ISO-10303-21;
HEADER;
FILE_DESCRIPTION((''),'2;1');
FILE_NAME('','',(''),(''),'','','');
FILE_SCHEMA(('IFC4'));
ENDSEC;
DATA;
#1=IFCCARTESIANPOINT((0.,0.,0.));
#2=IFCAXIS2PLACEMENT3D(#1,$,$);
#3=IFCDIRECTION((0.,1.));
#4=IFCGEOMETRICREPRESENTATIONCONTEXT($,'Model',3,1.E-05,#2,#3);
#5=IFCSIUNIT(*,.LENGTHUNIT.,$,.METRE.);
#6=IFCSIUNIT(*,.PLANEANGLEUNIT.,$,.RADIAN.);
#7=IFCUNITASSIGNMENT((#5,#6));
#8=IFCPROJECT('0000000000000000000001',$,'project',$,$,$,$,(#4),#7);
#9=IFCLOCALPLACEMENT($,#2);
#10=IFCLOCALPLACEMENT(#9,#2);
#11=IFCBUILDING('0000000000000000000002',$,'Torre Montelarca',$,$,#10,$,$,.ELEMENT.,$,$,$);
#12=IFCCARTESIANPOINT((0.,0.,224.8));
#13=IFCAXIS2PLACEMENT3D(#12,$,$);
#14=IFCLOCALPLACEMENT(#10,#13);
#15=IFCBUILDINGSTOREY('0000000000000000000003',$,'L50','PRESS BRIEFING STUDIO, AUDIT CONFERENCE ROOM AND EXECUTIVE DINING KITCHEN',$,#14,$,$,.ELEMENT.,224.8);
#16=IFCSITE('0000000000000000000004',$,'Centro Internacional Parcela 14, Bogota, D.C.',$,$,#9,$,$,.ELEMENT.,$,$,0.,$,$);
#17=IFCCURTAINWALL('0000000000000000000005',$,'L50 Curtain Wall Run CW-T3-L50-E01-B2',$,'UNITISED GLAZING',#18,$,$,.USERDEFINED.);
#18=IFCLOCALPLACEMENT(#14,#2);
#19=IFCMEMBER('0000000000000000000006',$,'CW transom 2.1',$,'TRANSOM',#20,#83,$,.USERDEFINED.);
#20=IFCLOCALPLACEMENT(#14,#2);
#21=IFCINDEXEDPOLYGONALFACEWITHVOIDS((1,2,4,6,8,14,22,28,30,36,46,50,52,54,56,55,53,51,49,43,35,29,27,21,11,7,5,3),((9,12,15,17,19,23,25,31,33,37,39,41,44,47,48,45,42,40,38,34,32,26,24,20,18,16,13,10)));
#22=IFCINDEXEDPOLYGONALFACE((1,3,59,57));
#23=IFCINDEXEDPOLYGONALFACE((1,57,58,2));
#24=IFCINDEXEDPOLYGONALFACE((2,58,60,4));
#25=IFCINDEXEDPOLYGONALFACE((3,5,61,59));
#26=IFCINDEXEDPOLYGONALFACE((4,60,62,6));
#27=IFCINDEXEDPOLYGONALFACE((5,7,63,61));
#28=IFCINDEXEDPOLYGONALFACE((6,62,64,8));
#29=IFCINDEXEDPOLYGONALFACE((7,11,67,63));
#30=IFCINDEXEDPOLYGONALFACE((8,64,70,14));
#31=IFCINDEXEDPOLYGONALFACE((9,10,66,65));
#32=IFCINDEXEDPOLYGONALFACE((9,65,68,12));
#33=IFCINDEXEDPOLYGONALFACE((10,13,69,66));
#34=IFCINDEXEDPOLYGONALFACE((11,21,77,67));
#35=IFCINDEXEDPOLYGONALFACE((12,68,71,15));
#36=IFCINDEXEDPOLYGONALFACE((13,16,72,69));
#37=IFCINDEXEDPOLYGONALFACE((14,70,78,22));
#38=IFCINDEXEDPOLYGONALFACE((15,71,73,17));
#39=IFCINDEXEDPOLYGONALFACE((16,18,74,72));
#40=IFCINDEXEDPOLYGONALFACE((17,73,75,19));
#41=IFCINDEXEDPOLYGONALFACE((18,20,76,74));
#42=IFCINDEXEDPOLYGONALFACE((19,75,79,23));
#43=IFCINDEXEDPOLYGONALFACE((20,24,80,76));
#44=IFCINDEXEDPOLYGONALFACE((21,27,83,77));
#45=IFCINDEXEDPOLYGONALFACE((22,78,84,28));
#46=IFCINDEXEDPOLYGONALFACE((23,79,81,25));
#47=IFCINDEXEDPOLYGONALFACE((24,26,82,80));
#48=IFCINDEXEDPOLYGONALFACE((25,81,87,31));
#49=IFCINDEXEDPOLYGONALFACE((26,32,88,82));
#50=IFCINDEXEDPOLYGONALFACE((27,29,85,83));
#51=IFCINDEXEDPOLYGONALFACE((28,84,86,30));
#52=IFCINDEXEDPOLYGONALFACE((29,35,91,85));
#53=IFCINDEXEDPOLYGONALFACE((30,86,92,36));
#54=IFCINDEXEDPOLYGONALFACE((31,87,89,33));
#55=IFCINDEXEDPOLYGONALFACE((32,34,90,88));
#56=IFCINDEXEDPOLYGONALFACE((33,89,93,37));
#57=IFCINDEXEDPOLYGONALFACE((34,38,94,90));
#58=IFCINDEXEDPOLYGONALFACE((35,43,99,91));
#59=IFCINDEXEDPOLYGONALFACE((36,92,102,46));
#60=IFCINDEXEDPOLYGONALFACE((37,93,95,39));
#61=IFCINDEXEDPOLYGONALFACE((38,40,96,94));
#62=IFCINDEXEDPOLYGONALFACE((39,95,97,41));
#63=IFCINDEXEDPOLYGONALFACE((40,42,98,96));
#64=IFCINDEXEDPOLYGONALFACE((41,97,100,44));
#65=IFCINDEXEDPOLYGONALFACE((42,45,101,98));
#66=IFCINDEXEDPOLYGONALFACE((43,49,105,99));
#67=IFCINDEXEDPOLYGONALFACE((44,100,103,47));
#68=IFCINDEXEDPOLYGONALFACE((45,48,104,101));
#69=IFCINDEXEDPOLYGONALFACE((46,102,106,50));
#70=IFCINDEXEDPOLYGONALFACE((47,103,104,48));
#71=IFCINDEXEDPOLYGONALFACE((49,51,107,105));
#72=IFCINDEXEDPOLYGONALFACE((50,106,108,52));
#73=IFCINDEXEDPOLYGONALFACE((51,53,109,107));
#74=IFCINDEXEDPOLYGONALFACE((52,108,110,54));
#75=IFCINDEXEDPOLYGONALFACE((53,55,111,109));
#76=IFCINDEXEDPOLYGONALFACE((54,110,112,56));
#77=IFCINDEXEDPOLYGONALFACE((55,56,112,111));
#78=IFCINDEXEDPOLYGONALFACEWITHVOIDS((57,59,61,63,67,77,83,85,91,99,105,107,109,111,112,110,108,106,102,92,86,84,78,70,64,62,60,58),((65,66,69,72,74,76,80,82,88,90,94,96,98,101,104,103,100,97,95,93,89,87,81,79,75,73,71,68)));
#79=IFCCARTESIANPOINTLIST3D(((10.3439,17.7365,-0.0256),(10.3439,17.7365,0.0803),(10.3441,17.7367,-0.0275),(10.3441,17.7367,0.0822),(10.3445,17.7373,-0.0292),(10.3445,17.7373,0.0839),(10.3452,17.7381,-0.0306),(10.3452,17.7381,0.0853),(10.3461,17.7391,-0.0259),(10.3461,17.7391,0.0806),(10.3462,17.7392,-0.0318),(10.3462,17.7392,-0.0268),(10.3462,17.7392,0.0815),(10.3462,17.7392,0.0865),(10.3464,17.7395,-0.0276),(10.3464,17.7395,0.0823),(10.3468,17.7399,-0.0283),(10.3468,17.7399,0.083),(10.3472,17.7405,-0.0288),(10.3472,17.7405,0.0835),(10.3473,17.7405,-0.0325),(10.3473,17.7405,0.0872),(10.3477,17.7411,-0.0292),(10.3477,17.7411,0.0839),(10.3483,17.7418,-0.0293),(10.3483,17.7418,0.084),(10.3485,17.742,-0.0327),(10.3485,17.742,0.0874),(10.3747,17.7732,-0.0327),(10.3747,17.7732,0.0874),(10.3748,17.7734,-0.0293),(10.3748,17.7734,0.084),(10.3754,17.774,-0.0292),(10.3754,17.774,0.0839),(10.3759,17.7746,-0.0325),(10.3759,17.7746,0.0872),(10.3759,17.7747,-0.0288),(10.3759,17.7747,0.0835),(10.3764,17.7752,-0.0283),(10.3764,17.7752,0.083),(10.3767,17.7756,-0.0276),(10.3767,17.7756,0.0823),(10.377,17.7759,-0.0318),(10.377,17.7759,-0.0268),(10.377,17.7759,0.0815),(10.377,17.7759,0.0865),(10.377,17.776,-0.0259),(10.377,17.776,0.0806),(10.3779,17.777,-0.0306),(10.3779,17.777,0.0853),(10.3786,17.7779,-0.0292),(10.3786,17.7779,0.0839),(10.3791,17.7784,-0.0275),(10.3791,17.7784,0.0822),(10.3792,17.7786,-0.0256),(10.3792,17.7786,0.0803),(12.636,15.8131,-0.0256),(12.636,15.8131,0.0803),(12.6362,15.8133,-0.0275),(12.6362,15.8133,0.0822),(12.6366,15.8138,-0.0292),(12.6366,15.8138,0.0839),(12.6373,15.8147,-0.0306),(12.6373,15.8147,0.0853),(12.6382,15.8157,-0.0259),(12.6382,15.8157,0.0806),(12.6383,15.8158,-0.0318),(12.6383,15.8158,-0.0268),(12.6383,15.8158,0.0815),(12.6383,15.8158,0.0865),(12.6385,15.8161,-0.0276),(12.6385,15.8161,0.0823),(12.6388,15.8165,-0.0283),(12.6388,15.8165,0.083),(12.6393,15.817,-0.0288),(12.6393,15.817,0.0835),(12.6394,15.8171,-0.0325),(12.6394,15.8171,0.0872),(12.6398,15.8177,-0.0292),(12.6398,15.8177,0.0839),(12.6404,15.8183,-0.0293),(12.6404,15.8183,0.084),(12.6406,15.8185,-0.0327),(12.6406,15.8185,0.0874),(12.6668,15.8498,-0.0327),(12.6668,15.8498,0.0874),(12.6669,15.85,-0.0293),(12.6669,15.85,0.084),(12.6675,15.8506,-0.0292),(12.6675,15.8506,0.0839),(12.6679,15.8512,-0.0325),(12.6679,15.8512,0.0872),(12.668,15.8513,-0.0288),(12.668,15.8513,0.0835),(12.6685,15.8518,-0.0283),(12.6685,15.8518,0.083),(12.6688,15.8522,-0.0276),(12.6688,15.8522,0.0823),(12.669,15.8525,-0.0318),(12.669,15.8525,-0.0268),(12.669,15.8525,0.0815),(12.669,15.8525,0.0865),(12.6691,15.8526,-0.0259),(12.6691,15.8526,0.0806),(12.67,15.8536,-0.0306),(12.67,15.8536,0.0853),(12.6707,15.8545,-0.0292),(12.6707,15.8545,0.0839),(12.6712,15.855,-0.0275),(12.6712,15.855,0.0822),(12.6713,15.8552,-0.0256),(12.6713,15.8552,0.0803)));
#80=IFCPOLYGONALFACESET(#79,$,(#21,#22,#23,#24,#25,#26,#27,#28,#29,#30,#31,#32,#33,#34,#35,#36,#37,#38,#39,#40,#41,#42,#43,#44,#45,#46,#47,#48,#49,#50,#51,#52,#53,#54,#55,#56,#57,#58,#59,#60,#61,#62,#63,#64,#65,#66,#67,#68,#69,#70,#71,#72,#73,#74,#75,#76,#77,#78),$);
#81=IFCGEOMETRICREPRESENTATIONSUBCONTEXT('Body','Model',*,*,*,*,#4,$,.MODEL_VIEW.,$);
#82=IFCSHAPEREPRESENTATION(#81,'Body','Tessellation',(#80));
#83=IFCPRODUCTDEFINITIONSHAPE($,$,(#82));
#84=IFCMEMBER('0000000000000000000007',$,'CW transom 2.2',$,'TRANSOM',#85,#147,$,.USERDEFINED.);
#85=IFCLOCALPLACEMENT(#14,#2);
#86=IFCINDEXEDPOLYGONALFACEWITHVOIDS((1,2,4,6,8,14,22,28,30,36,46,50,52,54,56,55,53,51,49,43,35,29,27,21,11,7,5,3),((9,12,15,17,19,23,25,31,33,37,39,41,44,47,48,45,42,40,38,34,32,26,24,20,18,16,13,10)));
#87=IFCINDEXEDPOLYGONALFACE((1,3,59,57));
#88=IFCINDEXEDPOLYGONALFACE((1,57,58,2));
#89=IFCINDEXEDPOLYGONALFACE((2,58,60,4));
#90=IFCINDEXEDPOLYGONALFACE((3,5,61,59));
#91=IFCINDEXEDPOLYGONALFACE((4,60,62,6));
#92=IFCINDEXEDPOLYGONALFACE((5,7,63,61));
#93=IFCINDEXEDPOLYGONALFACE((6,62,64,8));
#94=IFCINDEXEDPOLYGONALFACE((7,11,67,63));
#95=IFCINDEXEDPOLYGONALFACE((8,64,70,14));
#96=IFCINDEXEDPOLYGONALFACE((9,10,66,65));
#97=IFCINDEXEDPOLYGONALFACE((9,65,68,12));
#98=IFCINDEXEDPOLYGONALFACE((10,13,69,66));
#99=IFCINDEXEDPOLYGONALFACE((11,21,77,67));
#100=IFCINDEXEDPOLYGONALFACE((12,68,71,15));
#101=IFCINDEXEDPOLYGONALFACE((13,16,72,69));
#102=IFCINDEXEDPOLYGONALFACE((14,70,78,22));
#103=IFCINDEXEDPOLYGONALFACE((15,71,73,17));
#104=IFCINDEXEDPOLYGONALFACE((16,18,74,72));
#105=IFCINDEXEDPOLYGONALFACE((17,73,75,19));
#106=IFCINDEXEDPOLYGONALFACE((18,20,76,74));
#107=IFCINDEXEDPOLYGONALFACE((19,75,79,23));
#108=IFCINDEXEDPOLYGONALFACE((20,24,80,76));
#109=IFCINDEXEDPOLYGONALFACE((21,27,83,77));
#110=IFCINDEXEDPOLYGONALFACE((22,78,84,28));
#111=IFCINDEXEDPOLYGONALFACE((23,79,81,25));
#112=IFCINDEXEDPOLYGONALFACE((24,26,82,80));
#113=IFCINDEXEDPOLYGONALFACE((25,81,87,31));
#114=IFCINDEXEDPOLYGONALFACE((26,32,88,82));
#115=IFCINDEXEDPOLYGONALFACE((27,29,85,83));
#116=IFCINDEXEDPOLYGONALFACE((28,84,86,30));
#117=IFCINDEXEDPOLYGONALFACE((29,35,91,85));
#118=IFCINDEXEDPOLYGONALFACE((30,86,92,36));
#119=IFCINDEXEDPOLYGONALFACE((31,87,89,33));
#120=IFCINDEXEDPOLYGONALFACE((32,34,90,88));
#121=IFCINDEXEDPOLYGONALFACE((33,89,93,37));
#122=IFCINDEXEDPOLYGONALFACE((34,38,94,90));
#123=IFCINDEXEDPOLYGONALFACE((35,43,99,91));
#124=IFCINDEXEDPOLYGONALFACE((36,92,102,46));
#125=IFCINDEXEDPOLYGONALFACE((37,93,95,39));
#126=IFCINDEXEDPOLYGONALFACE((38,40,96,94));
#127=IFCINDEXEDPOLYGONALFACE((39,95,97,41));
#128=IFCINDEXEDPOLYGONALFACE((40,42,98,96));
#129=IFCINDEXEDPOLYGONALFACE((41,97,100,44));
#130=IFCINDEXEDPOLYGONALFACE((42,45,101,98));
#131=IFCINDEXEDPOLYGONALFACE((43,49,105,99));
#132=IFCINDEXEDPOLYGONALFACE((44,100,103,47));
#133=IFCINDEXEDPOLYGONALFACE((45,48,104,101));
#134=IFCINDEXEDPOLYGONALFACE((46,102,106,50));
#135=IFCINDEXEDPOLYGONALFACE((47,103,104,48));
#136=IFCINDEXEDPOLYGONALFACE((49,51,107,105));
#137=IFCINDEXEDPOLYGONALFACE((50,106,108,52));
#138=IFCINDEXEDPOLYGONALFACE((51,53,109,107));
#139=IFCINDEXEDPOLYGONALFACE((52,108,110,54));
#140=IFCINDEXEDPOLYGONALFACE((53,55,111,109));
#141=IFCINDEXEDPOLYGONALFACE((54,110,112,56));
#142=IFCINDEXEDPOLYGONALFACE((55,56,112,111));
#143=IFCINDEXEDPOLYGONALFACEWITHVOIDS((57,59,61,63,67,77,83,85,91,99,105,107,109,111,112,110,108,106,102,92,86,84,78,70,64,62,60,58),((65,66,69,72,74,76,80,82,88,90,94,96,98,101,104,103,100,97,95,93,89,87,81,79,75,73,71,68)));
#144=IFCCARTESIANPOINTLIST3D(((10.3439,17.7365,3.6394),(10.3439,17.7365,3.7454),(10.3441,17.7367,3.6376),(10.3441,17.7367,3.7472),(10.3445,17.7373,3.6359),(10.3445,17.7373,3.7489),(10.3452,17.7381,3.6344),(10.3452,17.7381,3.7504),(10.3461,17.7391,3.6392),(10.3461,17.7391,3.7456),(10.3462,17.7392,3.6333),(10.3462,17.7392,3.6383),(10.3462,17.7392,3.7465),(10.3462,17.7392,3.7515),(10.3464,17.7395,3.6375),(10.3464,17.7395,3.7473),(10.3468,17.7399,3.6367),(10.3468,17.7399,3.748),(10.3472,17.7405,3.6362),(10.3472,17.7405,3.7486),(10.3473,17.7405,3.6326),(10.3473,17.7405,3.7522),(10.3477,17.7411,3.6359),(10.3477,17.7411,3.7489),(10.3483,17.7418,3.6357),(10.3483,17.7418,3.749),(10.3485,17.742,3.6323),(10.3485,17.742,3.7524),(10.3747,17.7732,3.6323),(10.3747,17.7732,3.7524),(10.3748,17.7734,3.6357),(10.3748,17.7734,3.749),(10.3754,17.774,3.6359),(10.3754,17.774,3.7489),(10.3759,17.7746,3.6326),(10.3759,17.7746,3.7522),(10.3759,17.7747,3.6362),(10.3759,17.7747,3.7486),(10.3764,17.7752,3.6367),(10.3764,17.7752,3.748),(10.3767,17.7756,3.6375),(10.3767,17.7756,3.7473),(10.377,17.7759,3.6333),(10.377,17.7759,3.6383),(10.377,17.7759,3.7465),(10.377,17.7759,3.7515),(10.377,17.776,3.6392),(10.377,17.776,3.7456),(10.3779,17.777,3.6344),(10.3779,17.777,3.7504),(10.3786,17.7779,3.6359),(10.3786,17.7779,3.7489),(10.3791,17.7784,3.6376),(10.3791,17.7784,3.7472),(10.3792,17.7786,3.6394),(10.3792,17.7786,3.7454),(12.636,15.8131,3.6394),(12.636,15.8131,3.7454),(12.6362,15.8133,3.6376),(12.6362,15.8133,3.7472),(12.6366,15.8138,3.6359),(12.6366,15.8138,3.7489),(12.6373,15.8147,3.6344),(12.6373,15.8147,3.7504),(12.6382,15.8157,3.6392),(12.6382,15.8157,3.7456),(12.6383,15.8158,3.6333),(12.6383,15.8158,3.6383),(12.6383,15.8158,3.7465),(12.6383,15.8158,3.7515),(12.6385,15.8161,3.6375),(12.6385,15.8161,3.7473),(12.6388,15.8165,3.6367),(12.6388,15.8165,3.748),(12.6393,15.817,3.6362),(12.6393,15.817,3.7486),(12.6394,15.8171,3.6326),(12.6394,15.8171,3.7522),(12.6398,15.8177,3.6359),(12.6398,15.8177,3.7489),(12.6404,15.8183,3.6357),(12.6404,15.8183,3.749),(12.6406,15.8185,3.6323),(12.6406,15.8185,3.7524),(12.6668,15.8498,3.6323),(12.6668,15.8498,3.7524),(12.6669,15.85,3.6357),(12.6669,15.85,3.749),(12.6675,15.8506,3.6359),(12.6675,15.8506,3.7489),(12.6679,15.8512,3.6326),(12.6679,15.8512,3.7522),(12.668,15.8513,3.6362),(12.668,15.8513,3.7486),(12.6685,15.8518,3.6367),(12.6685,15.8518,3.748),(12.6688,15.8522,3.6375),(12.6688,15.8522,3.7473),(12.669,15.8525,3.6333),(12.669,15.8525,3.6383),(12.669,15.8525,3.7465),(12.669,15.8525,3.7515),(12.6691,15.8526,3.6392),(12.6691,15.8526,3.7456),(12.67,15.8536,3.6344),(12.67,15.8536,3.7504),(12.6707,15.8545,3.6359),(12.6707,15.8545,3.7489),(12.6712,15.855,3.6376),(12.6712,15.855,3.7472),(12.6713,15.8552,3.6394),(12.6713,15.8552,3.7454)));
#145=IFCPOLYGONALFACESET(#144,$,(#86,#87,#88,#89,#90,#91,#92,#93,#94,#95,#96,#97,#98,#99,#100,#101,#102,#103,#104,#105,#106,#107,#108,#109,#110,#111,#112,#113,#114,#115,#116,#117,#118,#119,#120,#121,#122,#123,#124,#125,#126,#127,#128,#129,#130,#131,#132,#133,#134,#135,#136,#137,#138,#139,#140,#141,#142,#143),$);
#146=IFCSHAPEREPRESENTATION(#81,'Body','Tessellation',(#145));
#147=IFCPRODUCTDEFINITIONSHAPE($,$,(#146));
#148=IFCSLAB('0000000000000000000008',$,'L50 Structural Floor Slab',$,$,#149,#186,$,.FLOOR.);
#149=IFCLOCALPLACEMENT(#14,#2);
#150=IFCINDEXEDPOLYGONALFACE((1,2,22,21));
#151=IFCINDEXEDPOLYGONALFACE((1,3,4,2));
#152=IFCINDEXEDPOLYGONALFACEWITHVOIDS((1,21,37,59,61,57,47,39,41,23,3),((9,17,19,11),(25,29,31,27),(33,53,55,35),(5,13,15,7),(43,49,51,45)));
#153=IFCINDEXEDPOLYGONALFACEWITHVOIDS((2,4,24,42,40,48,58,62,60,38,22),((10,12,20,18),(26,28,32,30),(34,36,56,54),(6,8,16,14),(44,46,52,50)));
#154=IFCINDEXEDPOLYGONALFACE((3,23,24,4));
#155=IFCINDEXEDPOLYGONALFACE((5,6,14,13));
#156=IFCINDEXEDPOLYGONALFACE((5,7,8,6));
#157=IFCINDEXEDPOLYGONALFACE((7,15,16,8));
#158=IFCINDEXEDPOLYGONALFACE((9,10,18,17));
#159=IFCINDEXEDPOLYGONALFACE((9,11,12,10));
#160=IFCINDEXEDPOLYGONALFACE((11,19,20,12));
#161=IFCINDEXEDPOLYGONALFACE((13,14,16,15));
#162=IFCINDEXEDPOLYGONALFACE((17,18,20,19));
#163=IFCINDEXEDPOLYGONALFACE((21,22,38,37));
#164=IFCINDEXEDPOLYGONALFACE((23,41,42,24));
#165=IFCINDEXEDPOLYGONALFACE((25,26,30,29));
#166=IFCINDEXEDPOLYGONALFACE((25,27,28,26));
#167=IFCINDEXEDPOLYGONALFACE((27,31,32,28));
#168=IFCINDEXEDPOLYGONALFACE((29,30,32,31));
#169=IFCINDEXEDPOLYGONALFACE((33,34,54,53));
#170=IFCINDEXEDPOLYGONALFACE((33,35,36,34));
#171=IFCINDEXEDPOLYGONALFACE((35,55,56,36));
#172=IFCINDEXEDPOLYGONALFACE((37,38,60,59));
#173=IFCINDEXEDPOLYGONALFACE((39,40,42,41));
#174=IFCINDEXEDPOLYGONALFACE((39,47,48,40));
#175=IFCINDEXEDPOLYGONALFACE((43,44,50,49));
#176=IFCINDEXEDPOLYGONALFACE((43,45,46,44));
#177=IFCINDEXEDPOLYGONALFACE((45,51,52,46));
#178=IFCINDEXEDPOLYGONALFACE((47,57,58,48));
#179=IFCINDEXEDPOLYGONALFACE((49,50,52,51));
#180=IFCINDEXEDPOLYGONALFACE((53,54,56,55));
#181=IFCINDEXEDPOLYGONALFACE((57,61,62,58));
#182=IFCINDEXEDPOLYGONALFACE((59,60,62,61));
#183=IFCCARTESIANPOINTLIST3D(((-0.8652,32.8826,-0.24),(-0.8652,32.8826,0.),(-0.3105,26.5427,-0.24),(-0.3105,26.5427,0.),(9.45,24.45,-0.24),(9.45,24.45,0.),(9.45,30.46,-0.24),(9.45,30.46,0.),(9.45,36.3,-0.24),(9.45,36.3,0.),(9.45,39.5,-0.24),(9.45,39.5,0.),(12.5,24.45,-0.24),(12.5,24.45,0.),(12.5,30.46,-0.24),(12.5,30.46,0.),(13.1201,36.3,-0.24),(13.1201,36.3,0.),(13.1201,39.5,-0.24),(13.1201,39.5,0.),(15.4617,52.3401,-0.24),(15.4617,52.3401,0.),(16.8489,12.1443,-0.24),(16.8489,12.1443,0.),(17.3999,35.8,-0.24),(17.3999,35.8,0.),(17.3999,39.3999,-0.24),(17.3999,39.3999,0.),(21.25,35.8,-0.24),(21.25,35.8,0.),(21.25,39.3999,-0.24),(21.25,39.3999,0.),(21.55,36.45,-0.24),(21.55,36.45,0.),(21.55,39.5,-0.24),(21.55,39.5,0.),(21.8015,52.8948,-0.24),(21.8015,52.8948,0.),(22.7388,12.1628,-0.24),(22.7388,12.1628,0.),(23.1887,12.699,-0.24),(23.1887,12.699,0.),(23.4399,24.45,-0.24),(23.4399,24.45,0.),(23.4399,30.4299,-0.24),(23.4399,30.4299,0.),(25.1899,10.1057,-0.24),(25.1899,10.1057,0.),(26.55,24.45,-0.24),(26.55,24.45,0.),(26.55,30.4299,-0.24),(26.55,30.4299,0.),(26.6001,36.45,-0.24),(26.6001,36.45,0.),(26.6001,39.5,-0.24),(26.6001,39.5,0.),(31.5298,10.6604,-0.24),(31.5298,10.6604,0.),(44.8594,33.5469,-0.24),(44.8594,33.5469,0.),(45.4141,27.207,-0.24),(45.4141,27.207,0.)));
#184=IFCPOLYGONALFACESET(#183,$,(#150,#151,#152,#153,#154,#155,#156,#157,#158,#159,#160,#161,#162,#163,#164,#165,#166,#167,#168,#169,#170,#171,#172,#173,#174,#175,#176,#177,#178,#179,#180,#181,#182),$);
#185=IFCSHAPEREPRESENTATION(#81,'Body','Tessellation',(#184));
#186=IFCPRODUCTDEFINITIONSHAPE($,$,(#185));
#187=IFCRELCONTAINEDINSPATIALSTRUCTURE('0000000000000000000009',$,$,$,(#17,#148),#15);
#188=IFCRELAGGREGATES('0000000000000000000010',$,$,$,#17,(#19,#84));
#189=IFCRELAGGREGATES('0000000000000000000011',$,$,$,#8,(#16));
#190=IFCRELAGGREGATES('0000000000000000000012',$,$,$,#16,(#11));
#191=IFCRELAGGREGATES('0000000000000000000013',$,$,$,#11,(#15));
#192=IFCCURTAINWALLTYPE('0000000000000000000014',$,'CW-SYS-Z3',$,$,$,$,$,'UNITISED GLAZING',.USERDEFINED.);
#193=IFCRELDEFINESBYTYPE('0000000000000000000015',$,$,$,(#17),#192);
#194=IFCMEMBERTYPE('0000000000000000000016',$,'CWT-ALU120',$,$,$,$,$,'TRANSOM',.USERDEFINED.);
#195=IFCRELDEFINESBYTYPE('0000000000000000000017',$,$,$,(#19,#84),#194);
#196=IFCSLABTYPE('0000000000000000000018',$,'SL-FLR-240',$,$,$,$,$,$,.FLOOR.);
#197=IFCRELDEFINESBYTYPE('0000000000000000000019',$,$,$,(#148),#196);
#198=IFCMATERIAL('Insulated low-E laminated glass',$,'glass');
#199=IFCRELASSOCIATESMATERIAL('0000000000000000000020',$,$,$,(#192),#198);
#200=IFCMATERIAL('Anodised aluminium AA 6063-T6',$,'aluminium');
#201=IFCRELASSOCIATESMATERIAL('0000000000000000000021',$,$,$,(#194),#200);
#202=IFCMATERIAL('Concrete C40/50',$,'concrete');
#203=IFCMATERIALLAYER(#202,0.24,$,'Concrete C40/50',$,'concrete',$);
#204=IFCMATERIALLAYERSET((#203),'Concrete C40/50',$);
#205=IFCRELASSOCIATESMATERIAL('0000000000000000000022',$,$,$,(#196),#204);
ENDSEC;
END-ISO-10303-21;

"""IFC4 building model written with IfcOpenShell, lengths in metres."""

from ifc_helpers import new_model, si_unit, direction, frame, origin, origin_2d, place, context, subcontext, project, spatial, polyline, hollow_rectangle, outline, extrude, source, transform, mapped, material, layer, layer_set, material_profile, profile_set, type_object, element, aggregate, save


model = new_model("IFC4")

# Units and contexts
model_context = context("Model", 3, precision=1e-05, world=origin(), true_north=direction((0.0, 1.0)))
body_context = subcontext(model_context, "Body", "Model", "MODEL_VIEW")
ifc_project = project(units=[si_unit("LENGTHUNIT", "METRE"), si_unit("PLANEANGLEUNIT", "RADIAN")], contexts=[model_context])

# Site, building, storey
site_placement = place(None, origin())
site = spatial("IfcSite", under=ifc_project, at=site_placement, Name="Centro Internacional Parcela 14, Bogota, D.C.", CompositionType="ELEMENT", RefElevation=0.0)
building_placement = place(site_placement, origin())
building = spatial("IfcBuilding", under=site, at=building_placement, Name="Torre Montelarca", CompositionType="ELEMENT")
storey_placement = place(building_placement, frame((0.0, 0.0, 224.8)))
storey = spatial("IfcBuildingStorey", under=building, at=storey_placement, Name="L50", Description="PRESS BRIEFING STUDIO, AUDIT CONFERENCE ROOM AND EXECUTIVE DINING KITCHEN", CompositionType="ELEMENT", Elevation=224.8)

# Shared definitions
ifc_material_1 = material(Name="Insulated low-E laminated glass", Category="glass")
curtain_wall_type = type_object("IfcCurtainWallType", Name="CW-SYS-Z3", ElementType="UNITISED GLAZING", PredefinedType="USERDEFINED", material=ifc_material_1)
ifc_material_2 = material(Name="Anodised aluminium AA 6063-T6", Category="aluminium")
ifc_material_profile_1 = material_profile(ifc_material_2, hollow_rectangle(XDim=0.0549, YDim=0.1201, WallThickness=0.0034, InnerFilletRadius=0.0034, OuterFilletRadius=0.0071, at=origin_2d()), Name="ALU55X120X3.5", Category="aluminium")
ifc_profile_set_1 = profile_set([ifc_material_profile_1], Name="Anodised aluminium AA 6063-T6")
member_type_1 = type_object("IfcMemberType", Name="CWT-ALU120", ElementType="TRANSOM", PredefinedType="USERDEFINED", material=ifc_profile_set_1)

# Curtain wall
curtain_wall_1_placement = place(storey_placement, origin())
curtain_wall_1 = element("IfcCurtainWall", 1, at=curtain_wall_1_placement, inside=storey, type_object=curtain_wall_type, Name="L50 Curtain Wall Run CW-T3-L50-E01-B2", ObjectType="UNITISED GLAZING", PredefinedType="USERDEFINED")

# Members
shared_shape_1 = source(origin(), body_context, "Body", "SweptSolid", [
    extrude(hollow_rectangle(XDim=0.0549, YDim=0.1201, WallThickness=0.0034, InnerFilletRadius=0.0034, OuterFilletRadius=0.0071, at=origin_2d()), origin(), (0.0, 0.0, 1.0), 2.9922),
])
member_1_placement = place(storey_placement, frame((10.3616, 17.7576, 0.0273), z_axis=(0.766023, -0.642813, 0.0), x_axis=(0.642813, 0.766023, 0.0)))
member_1 = element("IfcMember", 2, at=member_1_placement, type_object=member_type_1, Name="CW transom 2.1", ObjectType="TRANSOM", PredefinedType="USERDEFINED", context=body_context, shape_type="MappedRepresentation", body=[
    mapped(shared_shape_1, transform((0.0, 0.0, 0.0), scale=1.0)),
])
member_2_placement = place(storey_placement, frame((10.3616, 17.7576, 3.6924), z_axis=(0.766023, -0.642813, 0.0), x_axis=(0.642813, 0.766023, 0.0)))
member_2 = element("IfcMember", 3, at=member_2_placement, type_object=member_type_1, Name="CW transom 2.2", ObjectType="TRANSOM", PredefinedType="USERDEFINED", context=body_context, shape_type="MappedRepresentation", body=[
    mapped(shared_shape_1, transform((0.0, 0.0, 0.0), scale=1.0)),
])

# Slab
ifc_material_3 = material(Name="Concrete C40/50", Category="concrete")
ifc_layer_1 = layer(ifc_material_3, 0.24, Name="Concrete C40/50", Category="concrete")
ifc_layer_set_1 = layer_set([ifc_layer_1], Name="Concrete C40/50")
slab_type_1 = type_object("IfcSlabType", Name="SL-FLR-240", PredefinedType="FLOOR", material=ifc_layer_set_1)
slab_1_placement = place(storey_placement, frame((0.0, 0.0, -0.24)))
element("IfcSlab", 4, at=slab_1_placement, inside=storey, type_object=slab_type_1, Name="L50 Structural Floor Slab", PredefinedType="FLOOR", context=body_context, shape_type="SweptSolid", body=[
    extrude(outline(polyline([(16.8489, 12.1443), (23.1887, 12.699), (22.7388, 12.1628), (25.1899, 10.1057), (31.5298, 10.6604), (45.4141, 27.207), (44.8594, 33.5469), (21.8015, 52.8948), (15.4617, 52.3401), (-0.8652, 32.8826), (-0.3105, 26.5427), (16.8489, 12.1443)]), holes=[polyline([(26.55, 24.45), (23.4399, 24.45), (23.4399, 30.4299), (26.55, 30.4299), (26.55, 24.45)]), polyline([(12.5, 24.45), (9.45, 24.45), (9.45, 30.46), (12.5, 30.46), (12.5, 24.45)]), polyline([(21.25, 39.3999), (21.25, 35.8), (17.3999, 35.8), (17.3999, 39.3999), (21.25, 39.3999)]), polyline([(13.1201, 36.3), (9.45, 36.3), (9.45, 39.5), (13.1201, 39.5), (13.1201, 36.3)]), polyline([(26.6001, 36.45), (21.55, 36.45), (21.55, 39.5), (26.6001, 39.5), (26.6001, 36.45)])]), origin(), (0.0, 0.0, 1.0), 0.24),
])

aggregate(curtain_wall_1, [member_1, member_2])

save(model, "model.ifc")
